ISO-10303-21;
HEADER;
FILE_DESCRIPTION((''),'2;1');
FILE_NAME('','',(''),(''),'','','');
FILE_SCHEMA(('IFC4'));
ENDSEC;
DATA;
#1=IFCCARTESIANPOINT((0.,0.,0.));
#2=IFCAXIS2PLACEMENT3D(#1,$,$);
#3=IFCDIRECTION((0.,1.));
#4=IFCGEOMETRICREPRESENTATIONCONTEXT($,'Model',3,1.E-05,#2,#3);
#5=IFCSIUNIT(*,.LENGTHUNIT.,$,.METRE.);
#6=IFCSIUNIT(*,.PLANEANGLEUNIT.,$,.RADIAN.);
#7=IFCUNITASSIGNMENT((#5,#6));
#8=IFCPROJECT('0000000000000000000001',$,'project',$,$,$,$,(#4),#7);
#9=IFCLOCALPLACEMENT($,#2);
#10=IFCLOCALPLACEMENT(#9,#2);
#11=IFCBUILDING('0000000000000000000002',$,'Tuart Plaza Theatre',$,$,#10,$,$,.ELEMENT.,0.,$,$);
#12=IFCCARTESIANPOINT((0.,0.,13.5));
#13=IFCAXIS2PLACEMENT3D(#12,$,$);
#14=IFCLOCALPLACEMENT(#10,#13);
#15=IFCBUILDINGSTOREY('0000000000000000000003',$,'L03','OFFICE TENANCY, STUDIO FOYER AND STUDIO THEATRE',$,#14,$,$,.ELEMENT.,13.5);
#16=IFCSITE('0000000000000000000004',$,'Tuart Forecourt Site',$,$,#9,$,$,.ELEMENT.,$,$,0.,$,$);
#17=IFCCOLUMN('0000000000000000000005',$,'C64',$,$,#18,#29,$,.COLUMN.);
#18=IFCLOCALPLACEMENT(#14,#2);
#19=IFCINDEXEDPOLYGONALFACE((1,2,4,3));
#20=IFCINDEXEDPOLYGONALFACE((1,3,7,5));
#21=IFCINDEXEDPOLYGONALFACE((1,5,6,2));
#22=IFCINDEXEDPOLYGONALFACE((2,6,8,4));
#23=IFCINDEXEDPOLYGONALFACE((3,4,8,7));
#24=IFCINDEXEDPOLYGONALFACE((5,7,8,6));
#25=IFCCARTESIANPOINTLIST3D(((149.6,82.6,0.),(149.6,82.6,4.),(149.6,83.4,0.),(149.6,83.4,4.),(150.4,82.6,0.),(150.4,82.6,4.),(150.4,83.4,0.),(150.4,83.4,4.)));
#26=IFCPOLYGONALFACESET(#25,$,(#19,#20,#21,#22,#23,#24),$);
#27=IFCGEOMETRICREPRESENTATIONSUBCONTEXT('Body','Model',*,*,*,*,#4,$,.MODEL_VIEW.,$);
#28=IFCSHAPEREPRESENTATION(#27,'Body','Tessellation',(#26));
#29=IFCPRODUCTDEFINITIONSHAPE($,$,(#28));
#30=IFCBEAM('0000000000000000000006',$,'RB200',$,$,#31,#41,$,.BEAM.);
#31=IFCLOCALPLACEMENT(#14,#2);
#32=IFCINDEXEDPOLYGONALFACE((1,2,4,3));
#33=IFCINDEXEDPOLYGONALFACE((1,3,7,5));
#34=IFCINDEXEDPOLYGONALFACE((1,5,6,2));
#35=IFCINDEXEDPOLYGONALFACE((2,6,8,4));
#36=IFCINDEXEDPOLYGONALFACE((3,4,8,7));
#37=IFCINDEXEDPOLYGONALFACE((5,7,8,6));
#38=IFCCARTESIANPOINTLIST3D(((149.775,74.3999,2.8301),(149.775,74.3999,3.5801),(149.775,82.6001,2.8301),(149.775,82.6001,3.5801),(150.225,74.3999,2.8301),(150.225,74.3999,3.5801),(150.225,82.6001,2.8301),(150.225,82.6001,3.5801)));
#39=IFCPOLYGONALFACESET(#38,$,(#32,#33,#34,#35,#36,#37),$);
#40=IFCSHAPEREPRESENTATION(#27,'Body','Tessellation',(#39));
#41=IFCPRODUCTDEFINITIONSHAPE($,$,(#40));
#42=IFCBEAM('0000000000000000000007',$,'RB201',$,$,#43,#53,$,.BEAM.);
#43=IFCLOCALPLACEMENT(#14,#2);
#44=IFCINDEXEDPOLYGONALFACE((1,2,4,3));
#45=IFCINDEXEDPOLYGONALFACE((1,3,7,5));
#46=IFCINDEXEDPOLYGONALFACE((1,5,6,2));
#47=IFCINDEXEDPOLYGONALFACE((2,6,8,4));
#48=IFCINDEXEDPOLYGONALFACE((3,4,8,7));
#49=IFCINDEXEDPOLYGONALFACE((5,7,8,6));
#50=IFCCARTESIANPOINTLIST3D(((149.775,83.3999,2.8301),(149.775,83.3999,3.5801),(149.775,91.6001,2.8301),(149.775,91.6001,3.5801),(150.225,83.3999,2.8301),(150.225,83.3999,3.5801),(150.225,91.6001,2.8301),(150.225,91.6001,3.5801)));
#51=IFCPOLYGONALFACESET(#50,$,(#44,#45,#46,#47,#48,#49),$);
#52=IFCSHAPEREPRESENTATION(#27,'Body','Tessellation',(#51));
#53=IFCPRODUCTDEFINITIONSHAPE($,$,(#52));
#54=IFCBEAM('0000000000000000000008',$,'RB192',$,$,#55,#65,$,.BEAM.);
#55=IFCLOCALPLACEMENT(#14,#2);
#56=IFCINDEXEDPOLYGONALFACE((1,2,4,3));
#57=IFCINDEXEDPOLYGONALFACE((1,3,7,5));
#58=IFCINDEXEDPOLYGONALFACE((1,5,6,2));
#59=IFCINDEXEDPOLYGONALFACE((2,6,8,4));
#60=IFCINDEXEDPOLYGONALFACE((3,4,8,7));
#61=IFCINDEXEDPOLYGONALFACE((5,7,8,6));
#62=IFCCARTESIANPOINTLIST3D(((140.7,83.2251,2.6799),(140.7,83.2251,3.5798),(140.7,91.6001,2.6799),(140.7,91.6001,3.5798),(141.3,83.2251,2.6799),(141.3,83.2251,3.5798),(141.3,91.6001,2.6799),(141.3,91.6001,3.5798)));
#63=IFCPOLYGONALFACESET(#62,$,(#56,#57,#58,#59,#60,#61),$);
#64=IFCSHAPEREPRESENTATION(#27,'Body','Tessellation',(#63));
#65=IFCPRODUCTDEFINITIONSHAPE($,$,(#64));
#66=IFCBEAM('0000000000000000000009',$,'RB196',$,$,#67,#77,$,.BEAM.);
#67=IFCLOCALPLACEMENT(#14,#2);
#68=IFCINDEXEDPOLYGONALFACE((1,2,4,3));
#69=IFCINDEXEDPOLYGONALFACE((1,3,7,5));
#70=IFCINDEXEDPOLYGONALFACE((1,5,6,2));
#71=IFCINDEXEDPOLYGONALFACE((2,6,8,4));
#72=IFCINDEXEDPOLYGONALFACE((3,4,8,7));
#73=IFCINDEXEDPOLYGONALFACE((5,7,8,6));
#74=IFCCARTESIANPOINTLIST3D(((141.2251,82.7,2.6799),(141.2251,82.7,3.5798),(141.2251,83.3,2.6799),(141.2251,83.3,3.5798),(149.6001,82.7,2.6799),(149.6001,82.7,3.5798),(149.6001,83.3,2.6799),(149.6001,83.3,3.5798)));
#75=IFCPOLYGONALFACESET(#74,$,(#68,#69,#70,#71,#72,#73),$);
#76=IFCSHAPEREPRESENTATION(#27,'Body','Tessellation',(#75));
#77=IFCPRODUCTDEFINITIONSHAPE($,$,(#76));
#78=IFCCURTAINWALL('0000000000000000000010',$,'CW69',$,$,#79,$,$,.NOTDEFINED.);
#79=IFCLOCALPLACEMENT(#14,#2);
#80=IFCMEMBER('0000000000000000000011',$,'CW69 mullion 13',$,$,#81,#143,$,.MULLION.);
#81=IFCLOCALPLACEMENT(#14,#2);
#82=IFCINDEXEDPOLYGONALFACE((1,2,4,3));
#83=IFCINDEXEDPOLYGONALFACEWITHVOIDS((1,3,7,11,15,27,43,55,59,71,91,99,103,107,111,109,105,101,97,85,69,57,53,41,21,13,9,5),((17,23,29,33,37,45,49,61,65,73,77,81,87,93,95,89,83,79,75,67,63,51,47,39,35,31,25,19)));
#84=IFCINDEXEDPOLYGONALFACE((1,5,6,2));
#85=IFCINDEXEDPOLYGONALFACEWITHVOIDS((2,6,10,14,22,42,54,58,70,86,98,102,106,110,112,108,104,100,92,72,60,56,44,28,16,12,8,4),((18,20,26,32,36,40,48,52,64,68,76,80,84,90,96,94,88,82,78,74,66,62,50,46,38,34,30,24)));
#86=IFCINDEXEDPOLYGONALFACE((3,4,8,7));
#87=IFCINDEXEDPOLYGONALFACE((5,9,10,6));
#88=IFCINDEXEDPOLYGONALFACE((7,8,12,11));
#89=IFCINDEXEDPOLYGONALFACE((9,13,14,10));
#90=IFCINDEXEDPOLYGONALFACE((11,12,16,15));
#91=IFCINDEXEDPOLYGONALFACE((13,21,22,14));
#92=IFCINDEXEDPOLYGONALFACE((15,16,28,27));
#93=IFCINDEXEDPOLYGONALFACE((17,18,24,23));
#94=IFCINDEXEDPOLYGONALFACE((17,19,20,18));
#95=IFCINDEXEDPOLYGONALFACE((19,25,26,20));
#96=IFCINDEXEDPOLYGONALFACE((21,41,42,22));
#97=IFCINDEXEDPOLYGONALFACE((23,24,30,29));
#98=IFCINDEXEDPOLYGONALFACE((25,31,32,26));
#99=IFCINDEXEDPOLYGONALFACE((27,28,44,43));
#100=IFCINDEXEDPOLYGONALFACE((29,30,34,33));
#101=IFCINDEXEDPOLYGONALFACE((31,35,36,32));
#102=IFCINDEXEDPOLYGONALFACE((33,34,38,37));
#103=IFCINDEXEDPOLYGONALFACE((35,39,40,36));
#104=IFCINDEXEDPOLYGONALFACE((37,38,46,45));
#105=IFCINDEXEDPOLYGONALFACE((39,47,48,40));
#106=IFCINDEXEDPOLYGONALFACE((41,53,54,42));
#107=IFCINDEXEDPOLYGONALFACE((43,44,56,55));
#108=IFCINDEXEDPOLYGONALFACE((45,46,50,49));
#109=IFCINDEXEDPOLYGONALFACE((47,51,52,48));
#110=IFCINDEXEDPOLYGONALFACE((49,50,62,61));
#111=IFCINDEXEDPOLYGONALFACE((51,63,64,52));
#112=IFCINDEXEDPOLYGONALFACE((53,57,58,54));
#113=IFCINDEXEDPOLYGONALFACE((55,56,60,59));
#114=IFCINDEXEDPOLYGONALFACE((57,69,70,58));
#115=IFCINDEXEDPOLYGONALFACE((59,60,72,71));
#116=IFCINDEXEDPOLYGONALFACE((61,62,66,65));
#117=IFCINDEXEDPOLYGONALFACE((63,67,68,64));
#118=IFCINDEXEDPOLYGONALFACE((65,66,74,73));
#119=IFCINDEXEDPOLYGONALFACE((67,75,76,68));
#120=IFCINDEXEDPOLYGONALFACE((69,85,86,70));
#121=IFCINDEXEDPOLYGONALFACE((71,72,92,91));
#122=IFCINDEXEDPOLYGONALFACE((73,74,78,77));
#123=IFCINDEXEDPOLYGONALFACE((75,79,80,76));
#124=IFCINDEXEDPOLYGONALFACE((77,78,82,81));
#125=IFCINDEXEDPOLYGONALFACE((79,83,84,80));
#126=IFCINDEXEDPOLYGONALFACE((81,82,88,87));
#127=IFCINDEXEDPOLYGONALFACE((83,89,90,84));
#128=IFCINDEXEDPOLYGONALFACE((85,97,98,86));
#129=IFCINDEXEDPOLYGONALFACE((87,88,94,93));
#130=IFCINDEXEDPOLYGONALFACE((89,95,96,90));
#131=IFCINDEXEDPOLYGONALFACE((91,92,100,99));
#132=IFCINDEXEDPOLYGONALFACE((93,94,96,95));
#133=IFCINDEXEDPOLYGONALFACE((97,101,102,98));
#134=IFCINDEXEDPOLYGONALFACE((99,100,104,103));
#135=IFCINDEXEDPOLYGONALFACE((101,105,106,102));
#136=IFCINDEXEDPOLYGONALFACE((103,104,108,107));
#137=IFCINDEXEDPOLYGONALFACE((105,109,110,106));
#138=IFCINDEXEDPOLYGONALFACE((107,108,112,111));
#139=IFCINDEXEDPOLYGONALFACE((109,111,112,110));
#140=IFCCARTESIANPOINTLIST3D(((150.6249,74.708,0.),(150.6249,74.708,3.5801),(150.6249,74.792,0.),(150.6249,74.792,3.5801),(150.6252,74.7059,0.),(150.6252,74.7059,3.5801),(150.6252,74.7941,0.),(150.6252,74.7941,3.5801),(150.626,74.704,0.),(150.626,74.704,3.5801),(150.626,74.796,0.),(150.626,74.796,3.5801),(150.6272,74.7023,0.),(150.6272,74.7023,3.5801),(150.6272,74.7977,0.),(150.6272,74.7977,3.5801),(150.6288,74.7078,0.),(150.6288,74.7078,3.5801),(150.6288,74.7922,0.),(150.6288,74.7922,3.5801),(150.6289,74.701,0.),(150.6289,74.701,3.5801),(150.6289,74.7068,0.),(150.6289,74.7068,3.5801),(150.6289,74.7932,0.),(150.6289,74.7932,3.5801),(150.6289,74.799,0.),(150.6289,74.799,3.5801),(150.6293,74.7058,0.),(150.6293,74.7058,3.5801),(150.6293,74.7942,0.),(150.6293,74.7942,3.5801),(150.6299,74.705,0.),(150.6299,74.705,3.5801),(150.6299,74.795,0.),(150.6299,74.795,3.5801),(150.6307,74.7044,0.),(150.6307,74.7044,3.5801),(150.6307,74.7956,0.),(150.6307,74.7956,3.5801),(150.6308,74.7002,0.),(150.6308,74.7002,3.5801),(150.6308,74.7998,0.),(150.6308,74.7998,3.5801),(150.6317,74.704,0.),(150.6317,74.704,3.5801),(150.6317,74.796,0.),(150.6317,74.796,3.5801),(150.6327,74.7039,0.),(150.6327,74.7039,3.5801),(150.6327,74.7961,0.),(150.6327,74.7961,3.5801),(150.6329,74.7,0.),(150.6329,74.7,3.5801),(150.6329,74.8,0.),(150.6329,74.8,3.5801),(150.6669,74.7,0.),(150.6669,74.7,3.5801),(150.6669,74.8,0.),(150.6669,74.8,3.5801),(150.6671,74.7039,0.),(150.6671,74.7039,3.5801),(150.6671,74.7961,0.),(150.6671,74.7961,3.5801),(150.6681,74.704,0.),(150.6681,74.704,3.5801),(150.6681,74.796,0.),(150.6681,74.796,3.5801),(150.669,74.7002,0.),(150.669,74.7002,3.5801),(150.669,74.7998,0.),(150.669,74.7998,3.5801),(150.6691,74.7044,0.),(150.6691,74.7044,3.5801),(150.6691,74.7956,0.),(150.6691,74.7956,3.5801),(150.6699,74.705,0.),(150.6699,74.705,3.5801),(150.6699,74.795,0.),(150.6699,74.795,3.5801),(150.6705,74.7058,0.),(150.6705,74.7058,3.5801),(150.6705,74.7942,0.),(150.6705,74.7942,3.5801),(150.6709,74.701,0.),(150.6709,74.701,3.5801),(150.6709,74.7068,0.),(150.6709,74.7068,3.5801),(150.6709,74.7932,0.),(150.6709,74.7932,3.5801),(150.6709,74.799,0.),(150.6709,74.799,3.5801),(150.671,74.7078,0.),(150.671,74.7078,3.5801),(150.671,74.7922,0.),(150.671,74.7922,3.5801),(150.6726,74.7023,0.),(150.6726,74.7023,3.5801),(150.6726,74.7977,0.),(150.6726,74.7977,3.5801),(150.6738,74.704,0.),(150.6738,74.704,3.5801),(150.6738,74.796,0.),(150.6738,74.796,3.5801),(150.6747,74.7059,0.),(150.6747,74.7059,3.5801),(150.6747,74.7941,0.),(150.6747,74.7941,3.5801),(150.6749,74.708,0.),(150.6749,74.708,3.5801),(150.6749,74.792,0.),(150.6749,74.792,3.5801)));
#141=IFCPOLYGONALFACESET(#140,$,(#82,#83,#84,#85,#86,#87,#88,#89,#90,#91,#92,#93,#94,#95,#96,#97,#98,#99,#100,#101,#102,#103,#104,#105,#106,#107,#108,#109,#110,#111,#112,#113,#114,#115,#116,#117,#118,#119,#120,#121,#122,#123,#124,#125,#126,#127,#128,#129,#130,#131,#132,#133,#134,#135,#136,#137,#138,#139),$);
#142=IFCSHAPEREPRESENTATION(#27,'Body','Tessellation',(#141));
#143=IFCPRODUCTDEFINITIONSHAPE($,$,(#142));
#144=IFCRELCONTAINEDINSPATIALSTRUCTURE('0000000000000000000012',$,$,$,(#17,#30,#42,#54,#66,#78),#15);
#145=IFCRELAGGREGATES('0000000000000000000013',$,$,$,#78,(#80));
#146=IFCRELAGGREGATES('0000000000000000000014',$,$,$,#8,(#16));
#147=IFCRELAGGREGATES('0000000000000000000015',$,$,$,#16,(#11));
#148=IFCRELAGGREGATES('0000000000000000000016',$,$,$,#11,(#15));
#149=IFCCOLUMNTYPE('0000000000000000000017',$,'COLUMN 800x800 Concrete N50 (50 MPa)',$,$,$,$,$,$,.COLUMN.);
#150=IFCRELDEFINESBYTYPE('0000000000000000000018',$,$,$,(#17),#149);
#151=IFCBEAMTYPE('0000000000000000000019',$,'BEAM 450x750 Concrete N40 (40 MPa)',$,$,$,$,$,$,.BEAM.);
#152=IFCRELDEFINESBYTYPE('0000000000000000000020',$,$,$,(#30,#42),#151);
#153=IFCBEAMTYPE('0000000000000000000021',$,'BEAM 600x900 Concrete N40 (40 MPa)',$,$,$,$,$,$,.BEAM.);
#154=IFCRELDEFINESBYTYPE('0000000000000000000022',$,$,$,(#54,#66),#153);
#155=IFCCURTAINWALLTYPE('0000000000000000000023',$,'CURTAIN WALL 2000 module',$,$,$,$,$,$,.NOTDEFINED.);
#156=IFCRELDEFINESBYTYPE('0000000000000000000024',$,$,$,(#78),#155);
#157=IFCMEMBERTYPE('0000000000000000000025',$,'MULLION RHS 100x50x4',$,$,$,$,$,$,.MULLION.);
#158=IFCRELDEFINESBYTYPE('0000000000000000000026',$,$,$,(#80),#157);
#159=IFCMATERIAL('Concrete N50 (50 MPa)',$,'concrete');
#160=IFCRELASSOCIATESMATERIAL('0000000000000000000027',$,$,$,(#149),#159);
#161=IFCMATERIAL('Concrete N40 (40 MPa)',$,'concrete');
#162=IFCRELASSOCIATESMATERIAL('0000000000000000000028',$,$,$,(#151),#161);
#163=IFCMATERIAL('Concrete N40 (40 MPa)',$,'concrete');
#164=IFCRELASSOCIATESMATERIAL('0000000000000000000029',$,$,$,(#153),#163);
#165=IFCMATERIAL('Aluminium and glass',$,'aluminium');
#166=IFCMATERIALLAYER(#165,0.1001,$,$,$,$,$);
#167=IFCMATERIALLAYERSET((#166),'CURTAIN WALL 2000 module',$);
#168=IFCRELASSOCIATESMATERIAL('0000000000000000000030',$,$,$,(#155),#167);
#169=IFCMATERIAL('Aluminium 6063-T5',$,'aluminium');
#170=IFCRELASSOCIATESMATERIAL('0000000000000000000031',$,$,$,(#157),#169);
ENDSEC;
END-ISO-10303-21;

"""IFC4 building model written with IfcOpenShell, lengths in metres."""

from ifc_helpers import new_model, si_unit, direction, frame, origin, origin_2d, place, context, subcontext, project, spatial, rectangle, hollow_rectangle, extrude, material, layer, layer_set, material_profile, profile_set, type_object, element, aggregate, save


model = new_model("IFC4")

# Units and contexts
model_context = context("Model", 3, precision=1e-05, world=origin(), true_north=direction((0.0, 1.0)))
body_context = subcontext(model_context, "Body", "Model", "MODEL_VIEW")
ifc_project = project(units=[si_unit("LENGTHUNIT", "METRE"), si_unit("PLANEANGLEUNIT", "RADIAN")], contexts=[model_context])

# Site, building, storey
site_placement = place(None, origin())
site = spatial("IfcSite", under=ifc_project, at=site_placement, Name="Tuart Forecourt Site", CompositionType="ELEMENT", RefElevation=0.0)
building_placement = place(site_placement, origin())
building = spatial("IfcBuilding", under=site, at=building_placement, Name="Tuart Plaza Theatre", CompositionType="ELEMENT", ElevationOfRefHeight=0.0)
storey_placement = place(building_placement, frame((0.0, 0.0, 13.5)))
storey = spatial("IfcBuildingStorey", under=building, at=storey_placement, Name="L03", Description="OFFICE TENANCY, STUDIO FOYER AND STUDIO THEATRE", CompositionType="ELEMENT", Elevation=13.5)

# Column
ifc_material_1 = material(Name="Concrete N50 (50 MPa)", Category="concrete")
ifc_material_profile_1 = material_profile(ifc_material_1, rectangle(XDim=0.8, YDim=0.8, at=origin_2d()), Name="COLUMN 800x800 Concrete N50 (50 MPa)")
ifc_profile_set_1 = profile_set([ifc_material_profile_1], Name="Concrete N50 (50 MPa)")
column_type = type_object("IfcColumnType", Name="COLUMN 800x800 Concrete N50 (50 MPa)", PredefinedType="COLUMN", material=ifc_profile_set_1)
column_placement = place(storey_placement, frame((150.0, 83.0, 0.0), z_axis=(0.0, 0.0, 1.0), x_axis=(1.0, 0.0, 0.0)))
element("IfcColumn", 1, at=column_placement, inside=storey, type_object=column_type, Name="C64", PredefinedType="COLUMN", context=body_context, shape_type="SweptSolid", body=[
    extrude(rectangle(XDim=0.8, YDim=0.8, at=origin_2d()), origin(), (0.0, 0.0, 1.0), 4.0),
])

# Beams
ifc_material_2 = material(Name="Concrete N40 (40 MPa)", Category="concrete")
ifc_material_profile_2 = material_profile(ifc_material_2, rectangle(XDim=0.45, YDim=0.75, at=origin_2d()), Name="BEAM 450x750 Concrete N40 (40 MPa)")
ifc_profile_set_2 = profile_set([ifc_material_profile_2], Name="Concrete N40 (40 MPa)")
beam_type_1 = type_object("IfcBeamType", Name="BEAM 450x750 Concrete N40 (40 MPa)", PredefinedType="BEAM", material=ifc_profile_set_2)
for number, where, z_axis, x_axis, name in (
    (2, (150.0, 74.3999, 3.2051), (0.0, 1.0, 0.0), (-1.0, 0.0, 0.0), "RB200"),
    (3, (150.0, 83.3999, 3.2051), (0.0, 1.0, 0.0), (-1.0, 0.0, 0.0), "RB201"),
):
    element("IfcBeam", number, at=place(storey_placement, frame(where, z_axis=z_axis, x_axis=x_axis)), inside=storey, type_object=beam_type_1, Name=name, PredefinedType="BEAM", context=body_context, shape_type="SweptSolid", body=[
        extrude(rectangle(XDim=0.45, YDim=0.75, at=origin_2d()), origin(), (0.0, 0.0, 1.0), 8.2002),
    ])
ifc_material_3 = material(Name="Concrete N40 (40 MPa)", Category="concrete")
ifc_material_profile_3 = material_profile(ifc_material_3, rectangle(XDim=0.6001, YDim=0.8999, at=origin_2d()), Name="BEAM 600x900 Concrete N40 (40 MPa)")
ifc_profile_set_3 = profile_set([ifc_material_profile_3], Name="Concrete N40 (40 MPa)")
beam_type_2 = type_object("IfcBeamType", Name="BEAM 600x900 Concrete N40 (40 MPa)", PredefinedType="BEAM", material=ifc_profile_set_3)
for number, where, z_axis, x_axis, name in (
    (4, (141.0, 83.2251, 3.1299), (0.0, 1.0, 0.0), (-1.0, 0.0, 0.0), "RB192"),
    (5, (141.2251, 83.0, 3.1299), (1.0, 0.0, 0.0), (0.0, 1.0, 0.0), "RB196"),
):
    element("IfcBeam", number, at=place(storey_placement, frame(where, z_axis=z_axis, x_axis=x_axis)), inside=storey, type_object=beam_type_2, Name=name, PredefinedType="BEAM", context=body_context, shape_type="SweptSolid", body=[
        extrude(rectangle(XDim=0.6001, YDim=0.8999, at=origin_2d()), origin(), (0.0, 0.0, 1.0), 8.375),
    ])

# Curtain wall, member
ifc_material_4 = material(Name="Aluminium and glass", Category="aluminium")
ifc_layer_1 = layer(ifc_material_4, 0.1001)
ifc_layer_set_1 = layer_set([ifc_layer_1], Name="CURTAIN WALL 2000 module")
curtain_wall_type = type_object("IfcCurtainWallType", Name="CURTAIN WALL 2000 module", PredefinedType="NOTDEFINED", material=ifc_layer_set_1)
curtain_wall_placement = place(storey_placement, origin())
curtain_wall = element("IfcCurtainWall", 6, at=curtain_wall_placement, inside=storey, type_object=curtain_wall_type, Name="CW69", PredefinedType="NOTDEFINED")
ifc_material_5 = material(Name="Aluminium 6063-T5", Category="aluminium")
ifc_material_profile_4 = material_profile(ifc_material_5, hollow_rectangle(XDim=0.05, YDim=0.1001, WallThickness=0.0039, InnerFilletRadius=0.0039, OuterFilletRadius=0.0081, at=origin_2d()), Name="RHS 100x50x4")
ifc_profile_set_4 = profile_set([ifc_material_profile_4], Name="Aluminium 6063-T5")
member_type_1 = type_object("IfcMemberType", Name="MULLION RHS 100x50x4", PredefinedType="MULLION", material=ifc_profile_set_4)
member_1_placement = place(storey_placement, frame((150.6499, 74.75, 0.0), z_axis=(0.0, 0.0, 1.0), x_axis=(-1.0, 0.0, 0.0)))
member_1 = element("IfcMember", 7, at=member_1_placement, type_object=member_type_1, Name="CW69 mullion 13", PredefinedType="MULLION", context=body_context, shape_type="SweptSolid", body=[
    extrude(hollow_rectangle(XDim=0.05, YDim=0.1001, WallThickness=0.0039, InnerFilletRadius=0.0039, OuterFilletRadius=0.0081, at=origin_2d()), origin(), (0.0, 0.0, 1.0), 3.5801),
])
aggregate(curtain_wall, [member_1])

save(model, "model.ifc")
